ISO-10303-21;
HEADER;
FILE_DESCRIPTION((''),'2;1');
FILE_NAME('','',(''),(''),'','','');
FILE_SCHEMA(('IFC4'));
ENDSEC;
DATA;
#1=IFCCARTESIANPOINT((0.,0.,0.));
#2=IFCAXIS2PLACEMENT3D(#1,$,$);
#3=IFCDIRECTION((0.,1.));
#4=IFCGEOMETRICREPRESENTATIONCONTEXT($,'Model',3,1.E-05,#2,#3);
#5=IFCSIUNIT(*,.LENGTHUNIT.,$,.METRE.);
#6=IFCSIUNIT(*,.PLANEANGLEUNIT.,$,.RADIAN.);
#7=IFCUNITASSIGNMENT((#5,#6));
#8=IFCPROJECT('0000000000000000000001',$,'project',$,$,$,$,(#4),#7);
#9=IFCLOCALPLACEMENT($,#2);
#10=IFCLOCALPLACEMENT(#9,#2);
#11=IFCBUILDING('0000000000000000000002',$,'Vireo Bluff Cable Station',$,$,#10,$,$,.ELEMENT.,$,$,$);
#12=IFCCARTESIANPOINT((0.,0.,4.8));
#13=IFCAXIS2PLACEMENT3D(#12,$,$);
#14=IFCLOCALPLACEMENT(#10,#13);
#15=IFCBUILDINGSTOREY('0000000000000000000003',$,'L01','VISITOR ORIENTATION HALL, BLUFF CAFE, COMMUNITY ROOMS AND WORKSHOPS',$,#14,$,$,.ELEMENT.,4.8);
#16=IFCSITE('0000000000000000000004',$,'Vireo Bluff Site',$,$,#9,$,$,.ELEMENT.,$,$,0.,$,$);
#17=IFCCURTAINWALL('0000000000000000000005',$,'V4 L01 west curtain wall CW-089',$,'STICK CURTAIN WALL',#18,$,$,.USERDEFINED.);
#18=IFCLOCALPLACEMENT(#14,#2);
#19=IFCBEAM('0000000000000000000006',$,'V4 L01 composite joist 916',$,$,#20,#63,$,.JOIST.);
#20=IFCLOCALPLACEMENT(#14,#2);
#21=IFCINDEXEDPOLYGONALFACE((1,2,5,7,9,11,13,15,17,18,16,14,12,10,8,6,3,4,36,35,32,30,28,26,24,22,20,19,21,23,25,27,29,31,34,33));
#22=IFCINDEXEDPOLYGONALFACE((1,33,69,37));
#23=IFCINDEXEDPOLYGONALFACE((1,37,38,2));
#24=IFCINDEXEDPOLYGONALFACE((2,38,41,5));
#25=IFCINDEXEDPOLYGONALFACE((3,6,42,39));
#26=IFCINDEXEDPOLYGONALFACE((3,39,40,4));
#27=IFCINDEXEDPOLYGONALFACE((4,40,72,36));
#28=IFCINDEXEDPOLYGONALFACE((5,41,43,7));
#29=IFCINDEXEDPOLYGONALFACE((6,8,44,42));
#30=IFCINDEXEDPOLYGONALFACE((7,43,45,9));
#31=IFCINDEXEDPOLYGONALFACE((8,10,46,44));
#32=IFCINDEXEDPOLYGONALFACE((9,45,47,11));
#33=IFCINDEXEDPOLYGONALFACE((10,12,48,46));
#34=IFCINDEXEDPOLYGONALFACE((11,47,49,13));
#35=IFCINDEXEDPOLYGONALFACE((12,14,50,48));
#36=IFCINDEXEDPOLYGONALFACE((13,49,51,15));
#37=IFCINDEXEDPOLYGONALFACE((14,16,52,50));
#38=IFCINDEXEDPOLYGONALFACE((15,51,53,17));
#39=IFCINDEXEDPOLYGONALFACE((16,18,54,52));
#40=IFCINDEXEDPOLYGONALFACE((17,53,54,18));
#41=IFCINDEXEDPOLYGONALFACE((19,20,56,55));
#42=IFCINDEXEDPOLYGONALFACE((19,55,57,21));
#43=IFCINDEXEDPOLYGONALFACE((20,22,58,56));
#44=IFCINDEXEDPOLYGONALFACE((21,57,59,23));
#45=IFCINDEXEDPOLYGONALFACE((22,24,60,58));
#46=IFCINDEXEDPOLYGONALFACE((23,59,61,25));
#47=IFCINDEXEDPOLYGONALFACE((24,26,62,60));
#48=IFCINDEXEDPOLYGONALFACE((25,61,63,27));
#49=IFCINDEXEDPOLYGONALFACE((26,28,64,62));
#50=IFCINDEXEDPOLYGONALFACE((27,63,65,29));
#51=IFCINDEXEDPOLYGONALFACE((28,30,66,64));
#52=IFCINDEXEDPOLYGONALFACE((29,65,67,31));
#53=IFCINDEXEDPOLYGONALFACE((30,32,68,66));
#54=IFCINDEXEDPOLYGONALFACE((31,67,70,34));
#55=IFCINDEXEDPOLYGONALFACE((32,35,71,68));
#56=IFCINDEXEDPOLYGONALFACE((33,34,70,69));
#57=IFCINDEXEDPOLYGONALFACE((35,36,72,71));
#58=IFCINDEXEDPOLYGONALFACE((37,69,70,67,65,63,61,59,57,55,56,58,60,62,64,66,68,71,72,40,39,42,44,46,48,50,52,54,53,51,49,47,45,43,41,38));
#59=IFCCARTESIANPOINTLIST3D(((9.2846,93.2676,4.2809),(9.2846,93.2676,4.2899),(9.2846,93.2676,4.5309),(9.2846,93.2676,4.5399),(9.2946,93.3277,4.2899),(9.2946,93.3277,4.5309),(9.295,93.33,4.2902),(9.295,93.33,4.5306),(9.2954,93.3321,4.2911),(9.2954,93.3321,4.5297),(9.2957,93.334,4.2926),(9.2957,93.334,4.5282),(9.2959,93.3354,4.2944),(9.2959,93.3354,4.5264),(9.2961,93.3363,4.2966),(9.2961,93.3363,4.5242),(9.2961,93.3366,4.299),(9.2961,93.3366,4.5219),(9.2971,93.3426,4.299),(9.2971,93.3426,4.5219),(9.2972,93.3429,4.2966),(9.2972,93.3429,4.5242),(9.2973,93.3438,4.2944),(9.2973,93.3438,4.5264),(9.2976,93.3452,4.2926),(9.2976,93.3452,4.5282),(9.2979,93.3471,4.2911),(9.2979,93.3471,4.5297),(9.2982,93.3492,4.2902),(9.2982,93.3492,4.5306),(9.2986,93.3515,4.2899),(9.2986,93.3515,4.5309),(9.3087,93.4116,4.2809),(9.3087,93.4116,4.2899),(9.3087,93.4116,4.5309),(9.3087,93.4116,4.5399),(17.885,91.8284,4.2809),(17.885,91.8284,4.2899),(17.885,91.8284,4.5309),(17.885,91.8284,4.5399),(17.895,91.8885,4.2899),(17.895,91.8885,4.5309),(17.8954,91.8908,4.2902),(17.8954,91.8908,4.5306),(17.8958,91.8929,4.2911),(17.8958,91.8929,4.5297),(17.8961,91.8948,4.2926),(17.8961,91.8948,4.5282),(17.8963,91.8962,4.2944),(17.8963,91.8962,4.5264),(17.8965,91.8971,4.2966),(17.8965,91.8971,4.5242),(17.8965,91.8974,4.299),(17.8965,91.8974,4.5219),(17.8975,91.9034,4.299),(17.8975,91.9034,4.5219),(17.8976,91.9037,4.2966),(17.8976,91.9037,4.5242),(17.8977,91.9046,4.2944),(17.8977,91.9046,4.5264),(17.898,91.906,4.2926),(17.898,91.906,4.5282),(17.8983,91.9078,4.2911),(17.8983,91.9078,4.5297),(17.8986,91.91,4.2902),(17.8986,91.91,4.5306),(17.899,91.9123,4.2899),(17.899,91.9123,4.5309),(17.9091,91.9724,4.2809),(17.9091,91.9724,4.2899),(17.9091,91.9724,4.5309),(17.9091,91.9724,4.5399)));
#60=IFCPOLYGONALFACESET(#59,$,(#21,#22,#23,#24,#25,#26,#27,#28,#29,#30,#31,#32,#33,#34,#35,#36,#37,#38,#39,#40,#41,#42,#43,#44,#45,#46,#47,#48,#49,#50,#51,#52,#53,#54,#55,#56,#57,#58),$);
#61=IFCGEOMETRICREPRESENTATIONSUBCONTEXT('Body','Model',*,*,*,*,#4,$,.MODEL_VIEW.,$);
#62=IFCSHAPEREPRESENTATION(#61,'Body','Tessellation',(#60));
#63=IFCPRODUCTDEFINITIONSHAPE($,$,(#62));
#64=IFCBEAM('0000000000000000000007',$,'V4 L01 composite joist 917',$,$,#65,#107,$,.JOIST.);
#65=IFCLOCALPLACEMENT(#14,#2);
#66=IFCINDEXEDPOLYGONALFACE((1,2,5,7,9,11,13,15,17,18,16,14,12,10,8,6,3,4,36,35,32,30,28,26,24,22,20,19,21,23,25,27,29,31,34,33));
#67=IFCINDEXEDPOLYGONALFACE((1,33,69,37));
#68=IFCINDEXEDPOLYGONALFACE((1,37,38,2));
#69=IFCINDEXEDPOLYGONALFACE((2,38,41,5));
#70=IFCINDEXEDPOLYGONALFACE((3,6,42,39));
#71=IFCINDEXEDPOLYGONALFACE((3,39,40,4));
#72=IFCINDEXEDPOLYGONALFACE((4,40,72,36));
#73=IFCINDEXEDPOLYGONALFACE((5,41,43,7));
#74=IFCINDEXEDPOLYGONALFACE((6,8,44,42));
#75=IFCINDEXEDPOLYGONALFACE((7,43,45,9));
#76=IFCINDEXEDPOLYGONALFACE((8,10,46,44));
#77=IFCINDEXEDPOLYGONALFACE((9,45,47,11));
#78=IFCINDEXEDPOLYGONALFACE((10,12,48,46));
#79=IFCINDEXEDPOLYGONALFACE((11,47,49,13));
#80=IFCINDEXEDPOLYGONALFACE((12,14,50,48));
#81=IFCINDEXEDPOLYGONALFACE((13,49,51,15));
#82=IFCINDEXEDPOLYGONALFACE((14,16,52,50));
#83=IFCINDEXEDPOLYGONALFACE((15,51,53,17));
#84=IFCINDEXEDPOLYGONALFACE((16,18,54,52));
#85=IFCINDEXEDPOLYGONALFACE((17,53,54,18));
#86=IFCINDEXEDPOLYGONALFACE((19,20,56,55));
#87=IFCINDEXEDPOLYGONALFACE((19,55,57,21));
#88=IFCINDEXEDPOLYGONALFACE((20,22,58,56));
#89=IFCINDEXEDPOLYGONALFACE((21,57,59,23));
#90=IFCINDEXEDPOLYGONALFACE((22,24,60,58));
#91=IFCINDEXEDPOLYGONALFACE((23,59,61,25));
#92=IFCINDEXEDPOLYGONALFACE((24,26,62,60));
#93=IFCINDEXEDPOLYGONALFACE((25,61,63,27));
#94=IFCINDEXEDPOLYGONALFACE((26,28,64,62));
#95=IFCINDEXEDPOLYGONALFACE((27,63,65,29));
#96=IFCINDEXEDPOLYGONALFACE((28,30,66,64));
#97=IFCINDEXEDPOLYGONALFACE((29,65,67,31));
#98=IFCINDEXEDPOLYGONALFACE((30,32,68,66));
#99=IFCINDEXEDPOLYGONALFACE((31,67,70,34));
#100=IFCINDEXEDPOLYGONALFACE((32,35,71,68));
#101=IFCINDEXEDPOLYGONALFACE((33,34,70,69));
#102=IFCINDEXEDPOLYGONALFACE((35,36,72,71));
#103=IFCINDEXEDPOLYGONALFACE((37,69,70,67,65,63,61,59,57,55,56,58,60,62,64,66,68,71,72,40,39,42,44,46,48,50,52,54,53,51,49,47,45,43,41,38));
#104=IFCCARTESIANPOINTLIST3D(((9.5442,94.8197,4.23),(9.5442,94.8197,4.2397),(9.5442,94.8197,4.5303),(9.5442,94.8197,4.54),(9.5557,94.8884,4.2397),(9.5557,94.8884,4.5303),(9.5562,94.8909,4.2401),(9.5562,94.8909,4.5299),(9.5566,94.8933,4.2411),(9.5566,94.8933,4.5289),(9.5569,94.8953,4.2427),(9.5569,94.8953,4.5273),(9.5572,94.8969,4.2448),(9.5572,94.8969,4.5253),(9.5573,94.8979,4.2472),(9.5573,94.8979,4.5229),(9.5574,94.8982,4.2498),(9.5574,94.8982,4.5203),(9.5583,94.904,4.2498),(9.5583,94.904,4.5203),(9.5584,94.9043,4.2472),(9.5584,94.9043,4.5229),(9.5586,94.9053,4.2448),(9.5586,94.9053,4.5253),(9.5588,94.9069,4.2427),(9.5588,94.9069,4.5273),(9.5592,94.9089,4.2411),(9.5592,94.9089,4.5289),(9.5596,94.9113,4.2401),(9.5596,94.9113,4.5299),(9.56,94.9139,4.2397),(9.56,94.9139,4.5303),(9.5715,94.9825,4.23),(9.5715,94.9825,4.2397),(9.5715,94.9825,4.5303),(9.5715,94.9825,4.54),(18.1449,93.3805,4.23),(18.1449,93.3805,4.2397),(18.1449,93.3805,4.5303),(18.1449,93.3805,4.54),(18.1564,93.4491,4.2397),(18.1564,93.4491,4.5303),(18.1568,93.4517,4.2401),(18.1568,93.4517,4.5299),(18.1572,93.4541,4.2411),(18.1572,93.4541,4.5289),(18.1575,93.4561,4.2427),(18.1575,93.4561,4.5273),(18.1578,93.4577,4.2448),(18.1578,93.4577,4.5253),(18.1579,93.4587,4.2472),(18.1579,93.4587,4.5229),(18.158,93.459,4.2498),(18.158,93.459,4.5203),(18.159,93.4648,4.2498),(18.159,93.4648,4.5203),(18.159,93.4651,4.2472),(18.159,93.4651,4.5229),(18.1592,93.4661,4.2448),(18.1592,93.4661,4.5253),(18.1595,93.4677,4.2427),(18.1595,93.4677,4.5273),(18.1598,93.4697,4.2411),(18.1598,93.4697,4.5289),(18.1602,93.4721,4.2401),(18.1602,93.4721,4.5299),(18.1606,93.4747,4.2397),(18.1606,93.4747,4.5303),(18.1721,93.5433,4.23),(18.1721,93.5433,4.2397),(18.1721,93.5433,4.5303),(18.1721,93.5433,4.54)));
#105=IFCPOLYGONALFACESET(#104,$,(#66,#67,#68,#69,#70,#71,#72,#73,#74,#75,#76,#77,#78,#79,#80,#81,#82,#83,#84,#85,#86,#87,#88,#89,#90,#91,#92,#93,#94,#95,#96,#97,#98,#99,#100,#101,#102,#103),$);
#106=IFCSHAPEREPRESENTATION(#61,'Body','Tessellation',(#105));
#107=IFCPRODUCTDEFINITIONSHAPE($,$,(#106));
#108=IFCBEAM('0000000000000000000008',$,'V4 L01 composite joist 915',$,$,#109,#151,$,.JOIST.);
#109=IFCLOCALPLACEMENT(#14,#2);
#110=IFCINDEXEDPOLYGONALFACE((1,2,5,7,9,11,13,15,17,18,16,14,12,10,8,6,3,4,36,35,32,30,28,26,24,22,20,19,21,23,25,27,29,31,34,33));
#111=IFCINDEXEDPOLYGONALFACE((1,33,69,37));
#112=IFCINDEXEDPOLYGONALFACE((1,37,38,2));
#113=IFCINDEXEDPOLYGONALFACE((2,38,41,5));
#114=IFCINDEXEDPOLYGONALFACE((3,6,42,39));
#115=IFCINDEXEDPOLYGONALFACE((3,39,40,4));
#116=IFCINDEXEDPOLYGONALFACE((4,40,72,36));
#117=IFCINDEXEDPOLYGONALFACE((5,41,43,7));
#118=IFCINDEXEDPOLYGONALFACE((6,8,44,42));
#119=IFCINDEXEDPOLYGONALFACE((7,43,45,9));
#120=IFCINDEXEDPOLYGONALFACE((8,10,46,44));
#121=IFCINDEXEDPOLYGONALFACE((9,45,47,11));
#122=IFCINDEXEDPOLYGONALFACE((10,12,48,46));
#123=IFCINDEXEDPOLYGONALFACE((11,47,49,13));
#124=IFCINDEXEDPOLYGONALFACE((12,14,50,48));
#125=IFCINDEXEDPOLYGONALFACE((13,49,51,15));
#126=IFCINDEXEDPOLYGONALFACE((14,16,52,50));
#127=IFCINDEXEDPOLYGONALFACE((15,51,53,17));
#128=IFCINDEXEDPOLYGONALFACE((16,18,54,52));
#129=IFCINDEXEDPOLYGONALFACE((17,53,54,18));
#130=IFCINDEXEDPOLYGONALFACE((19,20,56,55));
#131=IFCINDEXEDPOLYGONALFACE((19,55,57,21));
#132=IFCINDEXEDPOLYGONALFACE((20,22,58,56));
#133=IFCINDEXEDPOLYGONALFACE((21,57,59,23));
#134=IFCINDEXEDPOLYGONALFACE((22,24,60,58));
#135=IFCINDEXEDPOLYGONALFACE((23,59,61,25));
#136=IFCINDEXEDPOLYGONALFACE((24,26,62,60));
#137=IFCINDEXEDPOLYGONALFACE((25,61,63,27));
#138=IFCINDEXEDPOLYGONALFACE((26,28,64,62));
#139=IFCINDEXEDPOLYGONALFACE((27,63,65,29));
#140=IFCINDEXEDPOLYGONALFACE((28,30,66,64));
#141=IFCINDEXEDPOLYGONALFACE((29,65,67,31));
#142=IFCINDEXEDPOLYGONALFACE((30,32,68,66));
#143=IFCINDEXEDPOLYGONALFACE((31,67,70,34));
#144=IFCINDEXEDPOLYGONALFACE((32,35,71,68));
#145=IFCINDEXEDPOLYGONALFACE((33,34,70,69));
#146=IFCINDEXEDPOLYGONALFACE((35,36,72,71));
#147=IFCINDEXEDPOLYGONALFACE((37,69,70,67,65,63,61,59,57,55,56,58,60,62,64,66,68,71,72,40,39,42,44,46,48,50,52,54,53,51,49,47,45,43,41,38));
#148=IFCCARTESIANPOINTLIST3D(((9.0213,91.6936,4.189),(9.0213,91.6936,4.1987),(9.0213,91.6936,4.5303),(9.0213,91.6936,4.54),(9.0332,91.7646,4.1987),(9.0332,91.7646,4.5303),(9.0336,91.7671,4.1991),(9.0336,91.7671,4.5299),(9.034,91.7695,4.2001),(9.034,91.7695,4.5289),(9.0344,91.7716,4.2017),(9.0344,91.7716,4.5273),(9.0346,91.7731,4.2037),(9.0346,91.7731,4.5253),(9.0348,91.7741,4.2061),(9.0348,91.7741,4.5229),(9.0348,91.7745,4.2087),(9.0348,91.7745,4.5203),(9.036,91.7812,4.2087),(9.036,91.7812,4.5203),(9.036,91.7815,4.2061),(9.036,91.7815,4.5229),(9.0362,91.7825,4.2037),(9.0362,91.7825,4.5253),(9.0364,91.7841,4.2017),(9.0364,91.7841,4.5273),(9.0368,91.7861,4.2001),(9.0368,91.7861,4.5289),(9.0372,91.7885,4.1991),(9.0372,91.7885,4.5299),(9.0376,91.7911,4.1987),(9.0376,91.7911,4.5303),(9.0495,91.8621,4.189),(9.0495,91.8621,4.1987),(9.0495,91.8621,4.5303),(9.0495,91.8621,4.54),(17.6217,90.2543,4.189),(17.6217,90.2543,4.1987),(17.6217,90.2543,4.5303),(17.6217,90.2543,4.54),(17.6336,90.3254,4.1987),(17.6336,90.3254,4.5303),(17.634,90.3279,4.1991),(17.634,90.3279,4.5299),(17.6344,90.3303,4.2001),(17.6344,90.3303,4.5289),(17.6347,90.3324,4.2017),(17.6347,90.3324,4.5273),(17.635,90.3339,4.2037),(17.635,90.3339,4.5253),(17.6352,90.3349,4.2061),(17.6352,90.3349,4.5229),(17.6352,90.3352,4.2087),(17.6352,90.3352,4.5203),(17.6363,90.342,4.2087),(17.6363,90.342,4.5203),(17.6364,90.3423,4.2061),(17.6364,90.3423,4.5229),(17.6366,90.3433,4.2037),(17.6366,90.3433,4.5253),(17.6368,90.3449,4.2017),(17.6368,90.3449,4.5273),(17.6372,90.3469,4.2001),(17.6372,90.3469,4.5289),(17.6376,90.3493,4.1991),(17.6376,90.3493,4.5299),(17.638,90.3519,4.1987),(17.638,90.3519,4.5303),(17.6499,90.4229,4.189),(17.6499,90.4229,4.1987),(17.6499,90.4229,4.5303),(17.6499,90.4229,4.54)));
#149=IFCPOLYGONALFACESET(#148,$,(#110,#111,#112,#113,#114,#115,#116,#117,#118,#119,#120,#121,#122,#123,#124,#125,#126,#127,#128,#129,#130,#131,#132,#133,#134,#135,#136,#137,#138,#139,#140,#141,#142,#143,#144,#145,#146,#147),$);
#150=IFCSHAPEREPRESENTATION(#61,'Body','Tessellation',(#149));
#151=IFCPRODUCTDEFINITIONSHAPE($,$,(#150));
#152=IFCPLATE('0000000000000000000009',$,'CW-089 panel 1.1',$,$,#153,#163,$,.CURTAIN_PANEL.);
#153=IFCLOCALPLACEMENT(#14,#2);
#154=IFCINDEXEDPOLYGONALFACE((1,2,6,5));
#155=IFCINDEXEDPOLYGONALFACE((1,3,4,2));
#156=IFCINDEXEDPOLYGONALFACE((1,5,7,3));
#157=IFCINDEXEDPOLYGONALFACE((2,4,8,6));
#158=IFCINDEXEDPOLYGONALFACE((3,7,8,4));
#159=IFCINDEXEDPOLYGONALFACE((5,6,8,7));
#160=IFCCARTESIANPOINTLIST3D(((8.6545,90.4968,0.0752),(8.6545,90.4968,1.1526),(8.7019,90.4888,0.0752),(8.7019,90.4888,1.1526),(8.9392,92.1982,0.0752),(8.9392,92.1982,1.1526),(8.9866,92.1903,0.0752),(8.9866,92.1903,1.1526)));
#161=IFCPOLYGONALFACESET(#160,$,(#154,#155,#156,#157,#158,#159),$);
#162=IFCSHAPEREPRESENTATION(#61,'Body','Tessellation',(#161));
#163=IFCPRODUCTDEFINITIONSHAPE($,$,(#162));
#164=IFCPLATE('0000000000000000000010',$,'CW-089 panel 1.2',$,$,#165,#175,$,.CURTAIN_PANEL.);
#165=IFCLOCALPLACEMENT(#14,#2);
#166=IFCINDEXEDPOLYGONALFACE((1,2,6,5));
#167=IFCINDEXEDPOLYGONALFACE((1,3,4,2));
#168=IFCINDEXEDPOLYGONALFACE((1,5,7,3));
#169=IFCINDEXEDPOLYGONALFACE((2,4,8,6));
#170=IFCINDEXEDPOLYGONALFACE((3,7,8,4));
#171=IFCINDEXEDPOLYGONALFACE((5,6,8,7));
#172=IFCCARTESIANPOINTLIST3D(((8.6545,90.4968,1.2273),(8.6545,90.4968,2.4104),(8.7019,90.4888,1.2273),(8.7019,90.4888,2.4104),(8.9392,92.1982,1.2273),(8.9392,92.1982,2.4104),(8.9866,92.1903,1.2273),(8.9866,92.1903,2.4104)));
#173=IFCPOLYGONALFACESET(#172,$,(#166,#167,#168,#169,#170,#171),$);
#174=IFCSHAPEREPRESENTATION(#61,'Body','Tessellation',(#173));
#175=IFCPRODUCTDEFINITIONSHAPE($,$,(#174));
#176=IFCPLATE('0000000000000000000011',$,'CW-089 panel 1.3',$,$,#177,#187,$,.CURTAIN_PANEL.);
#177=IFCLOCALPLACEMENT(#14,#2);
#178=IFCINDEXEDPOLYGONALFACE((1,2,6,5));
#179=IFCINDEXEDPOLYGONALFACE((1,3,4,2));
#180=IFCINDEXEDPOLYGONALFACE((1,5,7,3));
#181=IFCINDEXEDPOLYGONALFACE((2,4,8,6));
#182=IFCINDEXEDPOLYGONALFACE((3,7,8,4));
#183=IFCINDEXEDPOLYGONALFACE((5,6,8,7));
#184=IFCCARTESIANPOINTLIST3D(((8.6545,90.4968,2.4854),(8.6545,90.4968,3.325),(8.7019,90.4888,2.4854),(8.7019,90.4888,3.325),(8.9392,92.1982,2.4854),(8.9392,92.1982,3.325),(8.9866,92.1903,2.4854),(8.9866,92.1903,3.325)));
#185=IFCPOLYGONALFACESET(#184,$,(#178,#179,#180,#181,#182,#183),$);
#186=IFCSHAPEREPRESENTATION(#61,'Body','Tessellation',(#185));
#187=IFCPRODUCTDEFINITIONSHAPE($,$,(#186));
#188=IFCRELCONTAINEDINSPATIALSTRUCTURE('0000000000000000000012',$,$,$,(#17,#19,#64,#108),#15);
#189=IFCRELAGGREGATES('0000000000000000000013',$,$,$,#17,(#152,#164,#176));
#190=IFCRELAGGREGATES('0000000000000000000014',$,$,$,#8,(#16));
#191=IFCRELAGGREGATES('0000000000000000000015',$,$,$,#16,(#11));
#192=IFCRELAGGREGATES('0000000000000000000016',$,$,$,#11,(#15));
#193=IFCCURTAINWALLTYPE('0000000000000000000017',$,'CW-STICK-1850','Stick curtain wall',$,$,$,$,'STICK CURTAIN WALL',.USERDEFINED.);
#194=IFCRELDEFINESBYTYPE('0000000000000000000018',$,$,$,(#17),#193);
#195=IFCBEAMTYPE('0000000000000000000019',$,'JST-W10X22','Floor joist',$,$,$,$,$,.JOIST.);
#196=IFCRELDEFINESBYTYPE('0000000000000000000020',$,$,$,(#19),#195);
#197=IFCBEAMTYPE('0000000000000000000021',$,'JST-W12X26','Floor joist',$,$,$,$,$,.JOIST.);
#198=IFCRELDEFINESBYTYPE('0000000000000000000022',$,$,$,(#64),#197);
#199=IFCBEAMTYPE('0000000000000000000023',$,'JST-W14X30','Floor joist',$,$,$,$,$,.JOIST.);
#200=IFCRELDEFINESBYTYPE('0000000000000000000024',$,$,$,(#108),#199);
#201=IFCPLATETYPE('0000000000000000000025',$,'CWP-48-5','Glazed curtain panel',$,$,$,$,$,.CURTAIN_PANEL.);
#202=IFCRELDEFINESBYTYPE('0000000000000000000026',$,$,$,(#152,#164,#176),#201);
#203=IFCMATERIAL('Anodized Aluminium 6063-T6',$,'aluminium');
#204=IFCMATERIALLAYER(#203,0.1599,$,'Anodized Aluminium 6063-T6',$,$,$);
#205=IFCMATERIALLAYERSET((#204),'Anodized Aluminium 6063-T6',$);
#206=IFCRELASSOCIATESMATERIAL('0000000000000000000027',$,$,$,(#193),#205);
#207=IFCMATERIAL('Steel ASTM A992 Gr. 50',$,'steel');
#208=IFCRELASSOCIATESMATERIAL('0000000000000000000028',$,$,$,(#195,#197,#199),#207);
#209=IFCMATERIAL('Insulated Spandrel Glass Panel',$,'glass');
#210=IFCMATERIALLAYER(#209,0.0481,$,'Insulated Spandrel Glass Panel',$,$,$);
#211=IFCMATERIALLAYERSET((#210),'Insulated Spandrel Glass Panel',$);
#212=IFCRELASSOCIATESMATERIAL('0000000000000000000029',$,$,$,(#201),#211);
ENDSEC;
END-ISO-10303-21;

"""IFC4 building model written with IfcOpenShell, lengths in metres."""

from ifc_helpers import new_model, si_unit, direction, frame, origin, origin_2d, place, context, subcontext, project, spatial, rectangle, i_section, extrude, material, layer, layer_set, material_profile, profile_set, type_object, element, aggregate, save


model = new_model("IFC4")

# Units and contexts
model_context = context("Model", 3, precision=1e-05, world=origin(), true_north=direction((0.0, 1.0)))
body_context = subcontext(model_context, "Body", "Model", "MODEL_VIEW")
ifc_project = project(units=[si_unit("LENGTHUNIT", "METRE"), si_unit("PLANEANGLEUNIT", "RADIAN")], contexts=[model_context])

# Site, building, storey
site_placement = place(None, origin())
site = spatial("IfcSite", under=ifc_project, at=site_placement, Name="Vireo Bluff Site", CompositionType="ELEMENT", RefElevation=0.0)
building_placement = place(site_placement, origin())
building = spatial("IfcBuilding", under=site, at=building_placement, Name="Vireo Bluff Cable Station", CompositionType="ELEMENT")
storey_placement = place(building_placement, frame((0.0, 0.0, 4.8)))
storey = spatial("IfcBuildingStorey", under=building, at=storey_placement, Name="L01", Description="VISITOR ORIENTATION HALL, BLUFF CAFE, COMMUNITY ROOMS AND WORKSHOPS", CompositionType="ELEMENT", Elevation=4.8)

# Curtain wall
ifc_material_1 = material(Name="Anodized Aluminium 6063-T6", Category="aluminium")
ifc_layer_1 = layer(ifc_material_1, 0.1599, Name="Anodized Aluminium 6063-T6")
ifc_layer_set_1 = layer_set([ifc_layer_1], Name="Anodized Aluminium 6063-T6")
curtain_wall_type = type_object("IfcCurtainWallType", Name="CW-STICK-1850", Description="Stick curtain wall", ElementType="STICK CURTAIN WALL", PredefinedType="USERDEFINED", material=ifc_layer_set_1)
curtain_wall_placement = place(storey_placement, origin())
curtain_wall = element("IfcCurtainWall", 1, at=curtain_wall_placement, inside=storey, type_object=curtain_wall_type, Name="V4 L01 west curtain wall CW-089", ObjectType="STICK CURTAIN WALL", PredefinedType="USERDEFINED")

# Beams
ifc_material_2 = material(Name="Steel ASTM A992 Gr. 50", Category="steel")
ifc_material_profile_1 = material_profile(ifc_material_2, i_section(OverallWidth=0.146, OverallDepth=0.259, WebThickness=0.0061, FlangeThickness=0.009, FilletRadius=0.009, at=origin_2d()), Name="W10X22")
ifc_profile_set_1 = profile_set([ifc_material_profile_1], Name="Steel ASTM A992 Gr. 50")
beam_type_1 = type_object("IfcBeamType", Name="JST-W10X22", Description="Floor joist", PredefinedType="JOIST", material=ifc_profile_set_1)
beam_1_placement = place(storey_placement, frame((9.2966, 93.3396, 4.4104), z_axis=(0.986286, -0.165048, 0.0), x_axis=(0.165048, 0.986286, 0.0)))
element("IfcBeam", 2, at=beam_1_placement, inside=storey, type_object=beam_type_1, Name="V4 L01 composite joist 916", PredefinedType="JOIST", context=body_context, shape_type="SweptSolid", body=[
    extrude(i_section(OverallWidth=0.146, OverallDepth=0.259, WebThickness=0.0061, FlangeThickness=0.009, FilletRadius=0.009, at=origin_2d()), origin(), (0.0, 0.0, 1.0), 8.72),
])
ifc_material_profile_2 = material_profile(ifc_material_2, i_section(OverallWidth=0.165, OverallDepth=0.3101, WebThickness=0.0059, FlangeThickness=0.0098, FilletRadius=0.01, at=origin_2d()), Name="W12X26")
ifc_profile_set_2 = profile_set([ifc_material_profile_2], Name="Steel ASTM A992 Gr. 50")
beam_type_2 = type_object("IfcBeamType", Name="JST-W12X26", Description="Floor joist", PredefinedType="JOIST", material=ifc_profile_set_2)
beam_2_placement = place(storey_placement, frame((9.5579, 94.9011, 4.385), z_axis=(0.986286, -0.165044, 0.0), x_axis=(0.165044, 0.986286, 0.0)))
element("IfcBeam", 3, at=beam_2_placement, inside=storey, type_object=beam_type_2, Name="V4 L01 composite joist 917", PredefinedType="JOIST", context=body_context, shape_type="SweptSolid", body=[
    extrude(i_section(OverallWidth=0.165, OverallDepth=0.3101, WebThickness=0.0059, FlangeThickness=0.0098, FilletRadius=0.01, at=origin_2d()), origin(), (0.0, 0.0, 1.0), 8.7202),
])
ifc_material_profile_3 = material_profile(ifc_material_2, i_section(OverallWidth=0.1709, OverallDepth=0.3511, WebThickness=0.0068, FlangeThickness=0.0098, FilletRadius=0.01, at=origin_2d()), Name="W14X30")
ifc_profile_set_3 = profile_set([ifc_material_profile_3], Name="Steel ASTM A992 Gr. 50")
beam_type_3 = type_object("IfcBeamType", Name="JST-W14X30", Description="Floor joist", PredefinedType="JOIST", material=ifc_profile_set_3)
beam_3_placement = place(storey_placement, frame((9.0354, 91.7778, 4.3645), z_axis=(0.986286, -0.165048, 0.0), x_axis=(0.165048, 0.986286, 0.0)))
element("IfcBeam", 4, at=beam_3_placement, inside=storey, type_object=beam_type_3, Name="V4 L01 composite joist 915", PredefinedType="JOIST", context=body_context, shape_type="SweptSolid", body=[
    extrude(i_section(OverallWidth=0.1709, OverallDepth=0.3511, WebThickness=0.0068, FlangeThickness=0.0098, FilletRadius=0.01, at=origin_2d()), origin(), (0.0, 0.0, 1.0), 8.72),
])

# Plates
ifc_material_3 = material(Name="Insulated Spandrel Glass Panel", Category="glass")
ifc_layer_2 = layer(ifc_material_3, 0.0481, Name="Insulated Spandrel Glass Panel")
ifc_layer_set_2 = layer_set([ifc_layer_2], Name="Insulated Spandrel Glass Panel")
plate_type = type_object("IfcPlateType", Name="CWP-48-5", Description="Glazed curtain panel", PredefinedType="CURTAIN_PANEL", material=ifc_layer_set_2)
plate_1_placement = place(storey_placement, frame((8.8206, 91.3435, 0.0752), z_axis=(0.0, 0.0, 1.0), x_axis=(0.165048, 0.986286, 0.0)))
plate_1 = element("IfcPlate", 5, at=plate_1_placement, type_object=plate_type, Name="CW-089 panel 1.1", PredefinedType="CURTAIN_PANEL", context=body_context, shape_type="SweptSolid", body=[
    extrude(rectangle(XDim=1.7251, YDim=0.0481, at=origin_2d()), origin(), (0.0, 0.0, 1.0), 1.0774),
])
plate_2_placement = place(storey_placement, frame((8.8206, 91.3435, 1.2273), z_axis=(0.0, 0.0, 1.0), x_axis=(0.165048, 0.986286, 0.0)))
plate_2 = element("IfcPlate", 6, at=plate_2_placement, type_object=plate_type, Name="CW-089 panel 1.2", PredefinedType="CURTAIN_PANEL", context=body_context, shape_type="SweptSolid", body=[
    extrude(rectangle(XDim=1.7251, YDim=0.0481, at=origin_2d()), origin(), (0.0, 0.0, 1.0), 1.1831),
])
plate_3_placement = place(storey_placement, frame((8.8206, 91.3435, 2.4854), z_axis=(0.0, 0.0, 1.0), x_axis=(0.165048, 0.986286, 0.0)))
plate_3 = element("IfcPlate", 7, at=plate_3_placement, type_object=plate_type, Name="CW-089 panel 1.3", PredefinedType="CURTAIN_PANEL", context=body_context, shape_type="SweptSolid", body=[
    extrude(rectangle(XDim=1.7251, YDim=0.0481, at=origin_2d()), origin(), (0.0, 0.0, 1.0), 0.8396),
])
aggregate(curtain_wall, [plate_1, plate_2, plate_3])

save(model, "model.ifc")
